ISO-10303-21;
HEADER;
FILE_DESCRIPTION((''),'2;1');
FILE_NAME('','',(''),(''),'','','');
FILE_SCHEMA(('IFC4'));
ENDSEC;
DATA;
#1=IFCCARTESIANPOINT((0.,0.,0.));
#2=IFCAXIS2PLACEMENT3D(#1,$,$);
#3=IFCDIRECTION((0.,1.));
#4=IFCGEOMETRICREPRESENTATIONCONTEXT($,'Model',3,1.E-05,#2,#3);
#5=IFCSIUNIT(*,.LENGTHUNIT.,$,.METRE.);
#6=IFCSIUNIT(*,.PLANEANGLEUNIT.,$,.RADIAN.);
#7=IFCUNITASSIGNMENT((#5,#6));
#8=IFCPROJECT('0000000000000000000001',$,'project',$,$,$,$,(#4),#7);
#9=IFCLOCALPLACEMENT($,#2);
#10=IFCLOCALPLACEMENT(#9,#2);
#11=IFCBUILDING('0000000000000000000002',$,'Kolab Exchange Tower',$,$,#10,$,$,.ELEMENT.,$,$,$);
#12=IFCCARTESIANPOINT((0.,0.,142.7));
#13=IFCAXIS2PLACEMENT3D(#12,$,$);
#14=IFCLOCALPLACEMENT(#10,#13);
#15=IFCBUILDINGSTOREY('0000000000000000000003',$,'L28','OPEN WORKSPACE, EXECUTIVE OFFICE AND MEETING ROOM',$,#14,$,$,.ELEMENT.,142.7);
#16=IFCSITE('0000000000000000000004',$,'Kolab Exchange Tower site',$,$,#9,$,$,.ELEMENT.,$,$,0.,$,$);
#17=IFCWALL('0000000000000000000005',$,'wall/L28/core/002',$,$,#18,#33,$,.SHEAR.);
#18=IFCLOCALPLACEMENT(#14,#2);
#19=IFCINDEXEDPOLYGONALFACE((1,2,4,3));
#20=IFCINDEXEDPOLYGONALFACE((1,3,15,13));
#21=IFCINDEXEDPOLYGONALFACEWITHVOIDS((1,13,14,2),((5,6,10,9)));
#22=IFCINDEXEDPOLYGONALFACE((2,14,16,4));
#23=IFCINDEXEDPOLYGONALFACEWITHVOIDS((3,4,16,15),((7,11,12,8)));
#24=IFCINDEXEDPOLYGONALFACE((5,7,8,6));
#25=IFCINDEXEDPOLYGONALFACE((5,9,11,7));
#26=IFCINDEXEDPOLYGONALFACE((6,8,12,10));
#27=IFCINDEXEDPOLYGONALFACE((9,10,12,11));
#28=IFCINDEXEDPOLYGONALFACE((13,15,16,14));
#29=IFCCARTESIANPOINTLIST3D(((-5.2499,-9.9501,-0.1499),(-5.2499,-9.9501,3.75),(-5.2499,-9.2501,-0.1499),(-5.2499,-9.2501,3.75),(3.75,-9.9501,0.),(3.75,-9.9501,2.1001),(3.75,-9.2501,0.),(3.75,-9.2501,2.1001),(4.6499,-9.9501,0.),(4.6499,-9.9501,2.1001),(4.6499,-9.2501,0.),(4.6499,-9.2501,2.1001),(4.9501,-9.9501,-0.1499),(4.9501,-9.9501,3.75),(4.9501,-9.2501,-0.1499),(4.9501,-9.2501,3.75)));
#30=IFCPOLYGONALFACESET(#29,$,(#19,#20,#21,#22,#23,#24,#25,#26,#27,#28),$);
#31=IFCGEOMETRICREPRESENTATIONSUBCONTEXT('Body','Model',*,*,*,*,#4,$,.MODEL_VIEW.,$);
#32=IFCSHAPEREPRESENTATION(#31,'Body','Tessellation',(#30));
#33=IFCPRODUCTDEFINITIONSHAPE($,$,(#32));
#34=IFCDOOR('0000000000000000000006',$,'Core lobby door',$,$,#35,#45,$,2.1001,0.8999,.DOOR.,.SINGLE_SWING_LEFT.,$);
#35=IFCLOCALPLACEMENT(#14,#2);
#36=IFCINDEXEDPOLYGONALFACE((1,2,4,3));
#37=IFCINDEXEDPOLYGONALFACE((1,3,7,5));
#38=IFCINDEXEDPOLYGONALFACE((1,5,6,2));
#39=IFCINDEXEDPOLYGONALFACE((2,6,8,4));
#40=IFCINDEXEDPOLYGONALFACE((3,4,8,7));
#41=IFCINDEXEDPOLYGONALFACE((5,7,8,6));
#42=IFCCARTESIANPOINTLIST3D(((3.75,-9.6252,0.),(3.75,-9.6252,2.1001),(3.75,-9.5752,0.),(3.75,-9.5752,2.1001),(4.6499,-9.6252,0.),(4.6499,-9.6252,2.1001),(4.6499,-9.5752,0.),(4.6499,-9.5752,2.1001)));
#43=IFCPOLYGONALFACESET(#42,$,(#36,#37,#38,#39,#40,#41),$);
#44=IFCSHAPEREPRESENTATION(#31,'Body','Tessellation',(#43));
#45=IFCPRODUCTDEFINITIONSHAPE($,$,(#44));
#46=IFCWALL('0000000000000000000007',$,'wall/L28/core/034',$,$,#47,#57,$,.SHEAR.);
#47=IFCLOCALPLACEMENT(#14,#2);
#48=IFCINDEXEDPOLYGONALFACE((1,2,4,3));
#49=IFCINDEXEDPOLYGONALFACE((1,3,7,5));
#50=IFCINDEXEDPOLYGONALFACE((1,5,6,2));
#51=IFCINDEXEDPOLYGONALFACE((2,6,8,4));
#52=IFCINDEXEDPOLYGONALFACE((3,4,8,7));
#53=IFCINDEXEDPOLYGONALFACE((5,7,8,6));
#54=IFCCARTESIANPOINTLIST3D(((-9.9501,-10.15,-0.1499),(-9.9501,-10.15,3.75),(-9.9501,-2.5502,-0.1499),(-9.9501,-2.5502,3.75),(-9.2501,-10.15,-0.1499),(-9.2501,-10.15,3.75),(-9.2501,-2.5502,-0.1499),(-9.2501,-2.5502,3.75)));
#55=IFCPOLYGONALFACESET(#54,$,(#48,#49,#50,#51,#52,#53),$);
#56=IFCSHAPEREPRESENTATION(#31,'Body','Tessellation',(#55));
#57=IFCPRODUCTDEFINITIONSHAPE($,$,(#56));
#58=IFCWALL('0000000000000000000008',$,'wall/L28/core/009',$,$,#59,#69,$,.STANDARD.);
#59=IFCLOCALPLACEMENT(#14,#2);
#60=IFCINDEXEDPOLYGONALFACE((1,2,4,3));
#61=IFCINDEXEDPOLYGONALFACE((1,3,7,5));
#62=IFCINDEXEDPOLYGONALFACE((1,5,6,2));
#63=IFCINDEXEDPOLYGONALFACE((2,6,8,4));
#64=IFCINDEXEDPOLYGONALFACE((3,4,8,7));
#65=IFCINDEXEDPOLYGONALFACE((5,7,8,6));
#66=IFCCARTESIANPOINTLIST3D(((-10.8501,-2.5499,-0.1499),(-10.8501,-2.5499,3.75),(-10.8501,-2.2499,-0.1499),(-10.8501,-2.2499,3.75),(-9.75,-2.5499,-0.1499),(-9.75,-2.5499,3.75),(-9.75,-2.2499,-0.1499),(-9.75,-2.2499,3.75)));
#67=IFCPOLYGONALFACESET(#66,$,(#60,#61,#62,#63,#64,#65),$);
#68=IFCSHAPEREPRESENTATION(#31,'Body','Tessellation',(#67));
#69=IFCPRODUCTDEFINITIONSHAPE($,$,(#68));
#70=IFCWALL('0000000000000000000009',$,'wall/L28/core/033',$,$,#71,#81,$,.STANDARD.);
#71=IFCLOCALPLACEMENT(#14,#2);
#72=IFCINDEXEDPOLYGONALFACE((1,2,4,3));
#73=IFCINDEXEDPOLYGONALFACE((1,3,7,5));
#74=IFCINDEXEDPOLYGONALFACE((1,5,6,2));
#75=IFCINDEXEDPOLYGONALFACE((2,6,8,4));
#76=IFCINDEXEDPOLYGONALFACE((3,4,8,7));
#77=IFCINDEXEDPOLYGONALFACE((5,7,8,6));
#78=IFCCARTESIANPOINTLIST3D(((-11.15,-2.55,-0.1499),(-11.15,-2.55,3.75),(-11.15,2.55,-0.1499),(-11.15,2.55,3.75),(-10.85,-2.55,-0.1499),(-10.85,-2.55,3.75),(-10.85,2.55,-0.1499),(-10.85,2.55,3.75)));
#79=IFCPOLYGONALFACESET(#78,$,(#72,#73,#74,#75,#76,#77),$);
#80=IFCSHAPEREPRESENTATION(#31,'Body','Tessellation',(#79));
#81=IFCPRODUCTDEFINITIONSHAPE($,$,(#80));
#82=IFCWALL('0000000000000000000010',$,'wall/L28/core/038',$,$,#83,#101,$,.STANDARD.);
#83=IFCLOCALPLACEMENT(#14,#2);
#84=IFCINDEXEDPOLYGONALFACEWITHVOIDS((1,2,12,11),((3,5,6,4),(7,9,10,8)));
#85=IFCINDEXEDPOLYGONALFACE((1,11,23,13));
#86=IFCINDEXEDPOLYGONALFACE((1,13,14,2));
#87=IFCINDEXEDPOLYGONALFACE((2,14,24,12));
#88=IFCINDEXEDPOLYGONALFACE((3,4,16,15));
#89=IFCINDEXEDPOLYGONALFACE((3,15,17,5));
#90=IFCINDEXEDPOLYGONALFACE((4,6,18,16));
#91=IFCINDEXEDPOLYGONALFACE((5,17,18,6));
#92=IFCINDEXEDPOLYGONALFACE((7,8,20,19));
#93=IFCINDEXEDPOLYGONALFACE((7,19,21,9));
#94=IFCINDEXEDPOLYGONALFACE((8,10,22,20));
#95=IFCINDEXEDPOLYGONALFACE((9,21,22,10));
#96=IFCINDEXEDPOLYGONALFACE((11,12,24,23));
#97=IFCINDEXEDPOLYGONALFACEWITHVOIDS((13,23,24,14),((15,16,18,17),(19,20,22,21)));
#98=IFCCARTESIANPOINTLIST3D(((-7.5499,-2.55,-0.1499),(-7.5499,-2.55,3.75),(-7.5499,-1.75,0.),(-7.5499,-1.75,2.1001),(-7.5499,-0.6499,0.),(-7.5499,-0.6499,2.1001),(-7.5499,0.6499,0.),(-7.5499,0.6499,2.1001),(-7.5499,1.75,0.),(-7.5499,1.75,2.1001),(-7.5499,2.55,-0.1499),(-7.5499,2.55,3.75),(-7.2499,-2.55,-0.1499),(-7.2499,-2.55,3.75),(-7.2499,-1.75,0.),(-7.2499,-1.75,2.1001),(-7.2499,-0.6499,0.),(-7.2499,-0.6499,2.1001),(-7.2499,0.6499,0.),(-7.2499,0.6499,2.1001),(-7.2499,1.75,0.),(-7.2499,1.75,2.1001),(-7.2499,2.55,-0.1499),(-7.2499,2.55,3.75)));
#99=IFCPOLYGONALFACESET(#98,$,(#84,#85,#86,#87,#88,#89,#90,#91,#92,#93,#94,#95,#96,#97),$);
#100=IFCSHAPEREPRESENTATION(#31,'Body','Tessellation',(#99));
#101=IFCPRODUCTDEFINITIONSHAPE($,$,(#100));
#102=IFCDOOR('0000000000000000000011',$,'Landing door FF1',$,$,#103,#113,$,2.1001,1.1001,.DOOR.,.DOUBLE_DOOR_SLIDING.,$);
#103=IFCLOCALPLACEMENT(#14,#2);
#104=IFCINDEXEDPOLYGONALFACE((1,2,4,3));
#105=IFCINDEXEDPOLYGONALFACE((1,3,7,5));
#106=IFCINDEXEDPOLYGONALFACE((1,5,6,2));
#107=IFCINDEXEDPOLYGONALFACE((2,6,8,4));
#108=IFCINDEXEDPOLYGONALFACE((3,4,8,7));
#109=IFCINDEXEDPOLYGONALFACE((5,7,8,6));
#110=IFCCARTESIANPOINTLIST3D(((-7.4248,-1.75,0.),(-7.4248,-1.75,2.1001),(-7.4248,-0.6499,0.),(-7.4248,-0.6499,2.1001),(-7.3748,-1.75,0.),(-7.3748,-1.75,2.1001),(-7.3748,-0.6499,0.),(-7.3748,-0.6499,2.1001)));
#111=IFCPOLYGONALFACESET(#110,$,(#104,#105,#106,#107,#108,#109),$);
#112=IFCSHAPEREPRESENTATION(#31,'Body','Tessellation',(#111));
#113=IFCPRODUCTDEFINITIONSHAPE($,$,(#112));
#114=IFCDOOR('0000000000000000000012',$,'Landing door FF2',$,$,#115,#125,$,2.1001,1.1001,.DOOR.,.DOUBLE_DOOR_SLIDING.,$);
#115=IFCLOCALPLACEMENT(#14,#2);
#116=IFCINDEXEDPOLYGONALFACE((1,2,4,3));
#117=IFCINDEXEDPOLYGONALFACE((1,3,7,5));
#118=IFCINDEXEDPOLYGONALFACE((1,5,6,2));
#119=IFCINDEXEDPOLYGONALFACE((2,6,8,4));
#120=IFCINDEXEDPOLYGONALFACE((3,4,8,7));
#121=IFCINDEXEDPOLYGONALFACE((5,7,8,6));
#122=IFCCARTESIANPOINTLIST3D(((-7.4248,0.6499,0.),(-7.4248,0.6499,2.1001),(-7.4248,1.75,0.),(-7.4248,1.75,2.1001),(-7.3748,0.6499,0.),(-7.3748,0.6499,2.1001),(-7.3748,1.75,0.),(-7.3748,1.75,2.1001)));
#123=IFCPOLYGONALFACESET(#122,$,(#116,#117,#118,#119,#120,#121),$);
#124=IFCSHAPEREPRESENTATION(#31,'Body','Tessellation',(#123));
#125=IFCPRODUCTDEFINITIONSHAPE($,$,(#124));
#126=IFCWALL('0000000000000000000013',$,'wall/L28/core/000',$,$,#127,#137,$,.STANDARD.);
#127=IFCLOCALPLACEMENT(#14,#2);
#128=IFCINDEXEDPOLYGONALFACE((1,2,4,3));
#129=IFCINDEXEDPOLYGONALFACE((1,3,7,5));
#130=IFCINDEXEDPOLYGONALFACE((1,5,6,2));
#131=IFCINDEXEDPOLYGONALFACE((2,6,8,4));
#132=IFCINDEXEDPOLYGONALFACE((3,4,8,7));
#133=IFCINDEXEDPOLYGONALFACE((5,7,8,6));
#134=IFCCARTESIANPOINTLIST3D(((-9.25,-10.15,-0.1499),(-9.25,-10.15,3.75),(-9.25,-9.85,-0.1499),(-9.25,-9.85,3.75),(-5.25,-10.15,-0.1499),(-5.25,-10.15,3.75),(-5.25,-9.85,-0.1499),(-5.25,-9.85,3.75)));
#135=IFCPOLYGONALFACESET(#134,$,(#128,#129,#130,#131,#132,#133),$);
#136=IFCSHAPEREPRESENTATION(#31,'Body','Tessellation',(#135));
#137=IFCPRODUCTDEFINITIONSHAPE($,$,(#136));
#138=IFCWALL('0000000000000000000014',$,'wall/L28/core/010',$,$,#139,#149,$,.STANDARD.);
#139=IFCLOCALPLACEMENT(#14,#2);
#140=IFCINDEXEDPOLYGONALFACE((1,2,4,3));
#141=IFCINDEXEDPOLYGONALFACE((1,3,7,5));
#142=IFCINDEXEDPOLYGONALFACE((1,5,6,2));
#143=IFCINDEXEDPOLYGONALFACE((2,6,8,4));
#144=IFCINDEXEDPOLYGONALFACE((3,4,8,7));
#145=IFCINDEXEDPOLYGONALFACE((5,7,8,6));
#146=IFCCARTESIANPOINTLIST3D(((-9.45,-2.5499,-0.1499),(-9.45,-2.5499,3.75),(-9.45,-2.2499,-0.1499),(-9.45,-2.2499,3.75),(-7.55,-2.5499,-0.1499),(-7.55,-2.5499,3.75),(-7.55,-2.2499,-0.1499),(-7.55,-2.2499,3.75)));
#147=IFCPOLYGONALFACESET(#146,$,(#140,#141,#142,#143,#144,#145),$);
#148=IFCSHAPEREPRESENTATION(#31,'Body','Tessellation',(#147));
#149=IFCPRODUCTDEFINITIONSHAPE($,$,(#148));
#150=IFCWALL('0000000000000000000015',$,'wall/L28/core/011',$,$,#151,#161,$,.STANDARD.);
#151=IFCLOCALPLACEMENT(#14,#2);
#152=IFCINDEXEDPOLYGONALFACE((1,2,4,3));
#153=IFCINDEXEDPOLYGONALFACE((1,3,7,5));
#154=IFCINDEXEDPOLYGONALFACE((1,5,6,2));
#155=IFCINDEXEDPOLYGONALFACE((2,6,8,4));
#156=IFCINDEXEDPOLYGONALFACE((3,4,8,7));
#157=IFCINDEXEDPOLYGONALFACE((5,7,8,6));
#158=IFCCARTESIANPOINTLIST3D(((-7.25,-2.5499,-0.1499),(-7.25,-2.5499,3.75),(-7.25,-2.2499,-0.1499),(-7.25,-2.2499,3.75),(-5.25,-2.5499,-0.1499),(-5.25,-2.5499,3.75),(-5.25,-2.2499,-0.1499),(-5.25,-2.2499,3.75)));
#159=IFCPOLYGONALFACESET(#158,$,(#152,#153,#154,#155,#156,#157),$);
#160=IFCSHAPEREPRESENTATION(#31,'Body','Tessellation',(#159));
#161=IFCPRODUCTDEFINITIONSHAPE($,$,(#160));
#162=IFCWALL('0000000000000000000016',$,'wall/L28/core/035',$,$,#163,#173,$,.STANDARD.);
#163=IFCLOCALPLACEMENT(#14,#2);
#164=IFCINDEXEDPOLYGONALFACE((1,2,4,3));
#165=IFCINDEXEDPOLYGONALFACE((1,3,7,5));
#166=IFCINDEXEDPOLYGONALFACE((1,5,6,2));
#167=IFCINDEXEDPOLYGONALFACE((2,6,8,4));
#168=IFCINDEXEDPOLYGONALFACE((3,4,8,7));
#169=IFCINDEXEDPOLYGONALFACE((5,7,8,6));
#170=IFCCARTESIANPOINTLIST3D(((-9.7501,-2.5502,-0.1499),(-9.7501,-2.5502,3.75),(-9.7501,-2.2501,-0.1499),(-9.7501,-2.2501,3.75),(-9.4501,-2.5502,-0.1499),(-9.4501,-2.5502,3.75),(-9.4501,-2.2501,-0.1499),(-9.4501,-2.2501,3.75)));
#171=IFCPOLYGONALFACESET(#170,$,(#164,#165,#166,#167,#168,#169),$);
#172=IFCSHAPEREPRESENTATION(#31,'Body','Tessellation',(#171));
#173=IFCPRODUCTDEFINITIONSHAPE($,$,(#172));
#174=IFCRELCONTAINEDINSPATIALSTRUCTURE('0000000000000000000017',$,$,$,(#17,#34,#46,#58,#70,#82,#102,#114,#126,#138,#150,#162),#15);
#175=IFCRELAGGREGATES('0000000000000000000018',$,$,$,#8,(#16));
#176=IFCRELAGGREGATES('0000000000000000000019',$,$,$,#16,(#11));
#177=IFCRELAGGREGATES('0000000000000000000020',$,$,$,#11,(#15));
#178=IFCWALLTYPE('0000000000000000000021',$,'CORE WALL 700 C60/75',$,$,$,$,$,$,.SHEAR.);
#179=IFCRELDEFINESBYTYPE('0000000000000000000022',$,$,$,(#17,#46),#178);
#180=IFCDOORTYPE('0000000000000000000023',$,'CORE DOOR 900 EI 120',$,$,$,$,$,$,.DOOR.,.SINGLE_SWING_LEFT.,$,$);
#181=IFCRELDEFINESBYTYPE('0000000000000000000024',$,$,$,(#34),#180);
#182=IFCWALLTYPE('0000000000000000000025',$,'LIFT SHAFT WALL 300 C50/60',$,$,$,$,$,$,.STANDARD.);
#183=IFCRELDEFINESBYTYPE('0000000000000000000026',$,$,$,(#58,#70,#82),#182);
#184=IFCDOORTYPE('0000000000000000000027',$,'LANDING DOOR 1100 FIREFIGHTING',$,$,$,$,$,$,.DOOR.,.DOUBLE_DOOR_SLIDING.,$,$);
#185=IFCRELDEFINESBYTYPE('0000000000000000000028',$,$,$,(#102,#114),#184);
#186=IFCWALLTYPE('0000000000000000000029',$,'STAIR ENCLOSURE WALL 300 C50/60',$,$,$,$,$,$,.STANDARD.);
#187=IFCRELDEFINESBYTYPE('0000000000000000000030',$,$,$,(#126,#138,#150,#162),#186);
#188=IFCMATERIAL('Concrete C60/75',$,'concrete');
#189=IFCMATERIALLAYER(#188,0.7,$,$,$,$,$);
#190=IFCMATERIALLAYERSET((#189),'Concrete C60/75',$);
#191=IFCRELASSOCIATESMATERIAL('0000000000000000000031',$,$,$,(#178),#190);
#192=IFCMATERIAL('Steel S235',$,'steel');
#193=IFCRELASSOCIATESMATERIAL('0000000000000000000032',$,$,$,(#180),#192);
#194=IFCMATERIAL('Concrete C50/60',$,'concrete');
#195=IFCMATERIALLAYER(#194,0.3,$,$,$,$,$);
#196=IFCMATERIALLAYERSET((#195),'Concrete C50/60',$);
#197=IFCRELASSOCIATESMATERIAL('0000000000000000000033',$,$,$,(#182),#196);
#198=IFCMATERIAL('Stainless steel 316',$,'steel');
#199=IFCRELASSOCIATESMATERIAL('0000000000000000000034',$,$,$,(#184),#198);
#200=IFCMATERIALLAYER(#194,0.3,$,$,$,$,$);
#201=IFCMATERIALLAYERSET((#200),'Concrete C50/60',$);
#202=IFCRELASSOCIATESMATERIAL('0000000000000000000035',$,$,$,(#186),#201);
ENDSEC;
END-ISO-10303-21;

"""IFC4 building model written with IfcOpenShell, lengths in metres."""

from ifc_helpers import new_model, si_unit, direction, frame, frame_2d, origin, place, context, subcontext, project, spatial, rectangle, extrude, material, layer, layer_set, type_object, element, fill, save


model = new_model("IFC4")

# Units and contexts
model_context = context("Model", 3, precision=1e-05, world=origin(), true_north=direction((0.0, 1.0)))
body_context = subcontext(model_context, "Body", "Model", "MODEL_VIEW")
ifc_project = project(units=[si_unit("LENGTHUNIT", "METRE"), si_unit("PLANEANGLEUNIT", "RADIAN")], contexts=[model_context])

# Site, building, storey
site_placement = place(None, origin())
site = spatial("IfcSite", under=ifc_project, at=site_placement, Name="Kolab Exchange Tower site", CompositionType="ELEMENT", RefElevation=0.0)
building_placement = place(site_placement, origin())
building = spatial("IfcBuilding", under=site, at=building_placement, Name="Kolab Exchange Tower", CompositionType="ELEMENT")
storey_placement = place(building_placement, frame((0.0, 0.0, 142.7)))
storey = spatial("IfcBuildingStorey", under=building, at=storey_placement, Name="L28", Description="OPEN WORKSPACE, EXECUTIVE OFFICE AND MEETING ROOM", CompositionType="ELEMENT", Elevation=142.7)

# Wall, opening, door
ifc_material_1 = material(Name="Concrete C60/75", Category="concrete")
ifc_layer_1 = layer(ifc_material_1, 0.7)
ifc_layer_set_1 = layer_set([ifc_layer_1], Name="Concrete C60/75")
wall_type_1 = type_object("IfcWallType", Name="CORE WALL 700 C60/75", PredefinedType="SHEAR", material=ifc_layer_set_1)
wall_1_placement = place(storey_placement, frame((-5.25, -9.6001, -0.1499), z_axis=(0.0, 0.0, 1.0), x_axis=(1.0, 0.0, 0.0)))
wall_1 = element("IfcWall", 1, at=wall_1_placement, inside=storey, type_object=wall_type_1, Name="wall/L28/core/002", PredefinedType="SHEAR", context=body_context, shape_type="SweptSolid", body=[
    extrude(rectangle(XDim=10.2, YDim=0.7, at=frame_2d((5.1001, 0.0))), origin(), (0.0, 0.0, 1.0), 3.8999),
])
opening_1_placement = place(wall_1_placement, frame((9.0, 0.0, 0.1499)))
opening_1 = element("IfcOpeningElement", 2, at=opening_1_placement, cuts=wall_1, PredefinedType="OPENING", context=body_context, shape_type="SweptSolid", body=[
    extrude(rectangle(XDim=0.8999, YDim=2.1001, at=frame_2d((0.45, 1.05))), frame((0.0, 0.3599, 0.0), z_axis=(0.0, -1.0, 0.0), x_axis=(1.0, 0.0, 0.0)), (0.0, 0.0, 1.0), 0.72),
])
ifc_material_2 = material(Name="Steel S235", Category="steel")
door_type_1 = type_object("IfcDoorType", Name="CORE DOOR 900 EI 120", OperationType="SINGLE_SWING_LEFT", PredefinedType="DOOR", material=ifc_material_2)
door_1_placement = place(opening_1_placement, origin())
door_1 = element("IfcDoor", 3, at=door_1_placement, inside=storey, type_object=door_type_1, Name="Core lobby door", OperationType="SINGLE_SWING_LEFT", OverallHeight=2.1001, OverallWidth=0.8999, PredefinedType="DOOR", context=body_context, shape_type="SweptSolid", body=[
    extrude(rectangle(XDim=0.8999, YDim=2.1001, at=frame_2d((0.45, 1.05))), frame((0.0, 0.0249, 0.0), z_axis=(0.0, -1.0, 0.0), x_axis=(1.0, 0.0, 0.0)), (0.0, 0.0, 1.0), 0.05),
])
fill(opening_1, door_1)

# Walls
wall_2_placement = place(storey_placement, frame((-9.6001, -10.1499, -0.1499), z_axis=(0.0, 0.0, 1.0), x_axis=(0.0, 1.0, 0.0)))
element("IfcWall", 4, at=wall_2_placement, inside=storey, type_object=wall_type_1, Name="wall/L28/core/034", PredefinedType="SHEAR", context=body_context, shape_type="SweptSolid", body=[
    extrude(rectangle(XDim=7.5999, YDim=0.7, at=frame_2d((3.7998, 0.0))), origin(), (0.0, 0.0, 1.0), 3.8999),
])
ifc_material_3 = material(Name="Concrete C50/60", Category="concrete")
ifc_layer_2 = layer(ifc_material_3, 0.3)
ifc_layer_set_2 = layer_set([ifc_layer_2], Name="Concrete C50/60")
wall_type_2 = type_object("IfcWallType", Name="LIFT SHAFT WALL 300 C50/60", PredefinedType="STANDARD", material=ifc_layer_set_2)
wall_3_placement = place(storey_placement, frame((-10.8501, -2.3999, -0.1499), z_axis=(0.0, 0.0, 1.0), x_axis=(1.0, 0.0, 0.0)))
element("IfcWall", 5, at=wall_3_placement, inside=storey, type_object=wall_type_2, Name="wall/L28/core/009", PredefinedType="STANDARD", context=body_context, shape_type="SweptSolid", body=[
    extrude(rectangle(XDim=1.1001, YDim=0.3, at=frame_2d((0.55, 0.0))), origin(), (0.0, 0.0, 1.0), 3.8999),
])
wall_4_placement = place(storey_placement, frame((-11.0, -2.55, -0.1499), z_axis=(0.0, 0.0, 1.0), x_axis=(0.0, 1.0, 0.0)))
element("IfcWall", 6, at=wall_4_placement, inside=storey, type_object=wall_type_2, Name="wall/L28/core/033", PredefinedType="STANDARD", context=body_context, shape_type="SweptSolid", body=[
    extrude(rectangle(XDim=5.1001, YDim=0.3, at=frame_2d((2.55, 0.0))), origin(), (0.0, 0.0, 1.0), 3.8999),
])

# Wall, openings, doors
wall_5_placement = place(storey_placement, frame((-7.3999, -2.55, -0.1499), z_axis=(0.0, 0.0, 1.0), x_axis=(0.0, 1.0, 0.0)))
wall_5 = element("IfcWall", 7, at=wall_5_placement, inside=storey, type_object=wall_type_2, Name="wall/L28/core/038", PredefinedType="STANDARD", context=body_context, shape_type="SweptSolid", body=[
    extrude(rectangle(XDim=5.1001, YDim=0.3, at=frame_2d((2.55, 0.0))), origin(), (0.0, 0.0, 1.0), 3.8999),
])
opening_2_placement = place(wall_5_placement, frame((0.8, 0.0, 0.1499)))
opening_2 = element("IfcOpeningElement", 8, at=opening_2_placement, cuts=wall_5, PredefinedType="OPENING", context=body_context, shape_type="SweptSolid", body=[
    extrude(rectangle(XDim=1.1001, YDim=2.1001, at=frame_2d((0.55, 1.05))), frame((0.0, 0.1602, 0.0), z_axis=(0.0, -1.0, 0.0), x_axis=(1.0, 0.0, 0.0)), (0.0, 0.0, 1.0), 0.3201),
])
opening_3_placement = place(wall_5_placement, frame((3.2, 0.0, 0.1499)))
opening_3 = element("IfcOpeningElement", 9, at=opening_3_placement, cuts=wall_5, PredefinedType="OPENING", context=body_context, shape_type="SweptSolid", body=[
    extrude(rectangle(XDim=1.1001, YDim=2.1001, at=frame_2d((0.55, 1.05))), frame((0.0, 0.1602, 0.0), z_axis=(0.0, -1.0, 0.0), x_axis=(1.0, 0.0, 0.0)), (0.0, 0.0, 1.0), 0.3201),
])
ifc_material_4 = material(Name="Stainless steel 316", Category="steel")
door_type_2 = type_object("IfcDoorType", Name="LANDING DOOR 1100 FIREFIGHTING", OperationType="DOUBLE_DOOR_SLIDING", PredefinedType="DOOR", material=ifc_material_4)
door_2_placement = place(opening_2_placement, origin())
door_2 = element("IfcDoor", 10, at=door_2_placement, inside=storey, type_object=door_type_2, Name="Landing door FF1", OperationType="DOUBLE_DOOR_SLIDING", OverallHeight=2.1001, OverallWidth=1.1001, PredefinedType="DOOR", context=body_context, shape_type="SweptSolid", body=[
    extrude(rectangle(XDim=1.1001, YDim=2.1001, at=frame_2d((0.55, 1.05))), frame((0.0, 0.0249, 0.0), z_axis=(0.0, -1.0, 0.0), x_axis=(1.0, 0.0, 0.0)), (0.0, 0.0, 1.0), 0.05),
])
fill(opening_2, door_2)
door_3_placement = place(opening_3_placement, origin())
door_3 = element("IfcDoor", 11, at=door_3_placement, inside=storey, type_object=door_type_2, Name="Landing door FF2", OperationType="DOUBLE_DOOR_SLIDING", OverallHeight=2.1001, OverallWidth=1.1001, PredefinedType="DOOR", context=body_context, shape_type="SweptSolid", body=[
    extrude(rectangle(XDim=1.1001, YDim=2.1001, at=frame_2d((0.55, 1.05))), frame((0.0, 0.0249, 0.0), z_axis=(0.0, -1.0, 0.0), x_axis=(1.0, 0.0, 0.0)), (0.0, 0.0, 1.0), 0.05),
])
fill(opening_3, door_3)

# Walls
ifc_layer_3 = layer(ifc_material_3, 0.3)
ifc_layer_set_3 = layer_set([ifc_layer_3], Name="Concrete C50/60")
wall_type_3 = type_object("IfcWallType", Name="STAIR ENCLOSURE WALL 300 C50/60", PredefinedType="STANDARD", material=ifc_layer_set_3)
wall_6_placement = place(storey_placement, frame((-9.25, -10.0, -0.1499), z_axis=(0.0, 0.0, 1.0), x_axis=(1.0, 0.0, 0.0)))
element("IfcWall", 12, at=wall_6_placement, inside=storey, type_object=wall_type_3, Name="wall/L28/core/000", PredefinedType="STANDARD", context=body_context, shape_type="SweptSolid", body=[
    extrude(rectangle(XDim=4.0, YDim=0.3, at=frame_2d((2.0, 0.0))), origin(), (0.0, 0.0, 1.0), 3.8999),
])
wall_7_placement = place(storey_placement, frame((-9.45, -2.3999, -0.1499), z_axis=(0.0, 0.0, 1.0), x_axis=(1.0, 0.0, 0.0)))
element("IfcWall", 13, at=wall_7_placement, inside=storey, type_object=wall_type_3, Name="wall/L28/core/010", PredefinedType="STANDARD", context=body_context, shape_type="SweptSolid", body=[
    extrude(rectangle(XDim=1.8999, YDim=0.3, at=frame_2d((0.95, 0.0))), origin(), (0.0, 0.0, 1.0), 3.8999),
])
wall_8_placement = place(storey_placement, frame((-7.25, -2.3999, -0.1499), z_axis=(0.0, 0.0, 1.0), x_axis=(1.0, 0.0, 0.0)))
element("IfcWall", 14, at=wall_8_placement, inside=storey, type_object=wall_type_3, Name="wall/L28/core/011", PredefinedType="STANDARD", context=body_context, shape_type="SweptSolid", body=[
    extrude(rectangle(XDim=2.0, YDim=0.3, at=frame_2d((1.0, 0.0))), origin(), (0.0, 0.0, 1.0), 3.8999),
])
wall_9_placement = place(storey_placement, frame((-9.6001, -2.55, -0.1499), z_axis=(0.0, 0.0, 1.0), x_axis=(0.0, 1.0, 0.0)))
element("IfcWall", 15, at=wall_9_placement, inside=storey, type_object=wall_type_3, Name="wall/L28/core/035", PredefinedType="STANDARD", context=body_context, shape_type="SweptSolid", body=[
    extrude(rectangle(XDim=0.3, YDim=0.3, at=frame_2d((0.1499, 0.0))), origin(), (0.0, 0.0, 1.0), 3.8999),
])

save(model, "model.ifc")
